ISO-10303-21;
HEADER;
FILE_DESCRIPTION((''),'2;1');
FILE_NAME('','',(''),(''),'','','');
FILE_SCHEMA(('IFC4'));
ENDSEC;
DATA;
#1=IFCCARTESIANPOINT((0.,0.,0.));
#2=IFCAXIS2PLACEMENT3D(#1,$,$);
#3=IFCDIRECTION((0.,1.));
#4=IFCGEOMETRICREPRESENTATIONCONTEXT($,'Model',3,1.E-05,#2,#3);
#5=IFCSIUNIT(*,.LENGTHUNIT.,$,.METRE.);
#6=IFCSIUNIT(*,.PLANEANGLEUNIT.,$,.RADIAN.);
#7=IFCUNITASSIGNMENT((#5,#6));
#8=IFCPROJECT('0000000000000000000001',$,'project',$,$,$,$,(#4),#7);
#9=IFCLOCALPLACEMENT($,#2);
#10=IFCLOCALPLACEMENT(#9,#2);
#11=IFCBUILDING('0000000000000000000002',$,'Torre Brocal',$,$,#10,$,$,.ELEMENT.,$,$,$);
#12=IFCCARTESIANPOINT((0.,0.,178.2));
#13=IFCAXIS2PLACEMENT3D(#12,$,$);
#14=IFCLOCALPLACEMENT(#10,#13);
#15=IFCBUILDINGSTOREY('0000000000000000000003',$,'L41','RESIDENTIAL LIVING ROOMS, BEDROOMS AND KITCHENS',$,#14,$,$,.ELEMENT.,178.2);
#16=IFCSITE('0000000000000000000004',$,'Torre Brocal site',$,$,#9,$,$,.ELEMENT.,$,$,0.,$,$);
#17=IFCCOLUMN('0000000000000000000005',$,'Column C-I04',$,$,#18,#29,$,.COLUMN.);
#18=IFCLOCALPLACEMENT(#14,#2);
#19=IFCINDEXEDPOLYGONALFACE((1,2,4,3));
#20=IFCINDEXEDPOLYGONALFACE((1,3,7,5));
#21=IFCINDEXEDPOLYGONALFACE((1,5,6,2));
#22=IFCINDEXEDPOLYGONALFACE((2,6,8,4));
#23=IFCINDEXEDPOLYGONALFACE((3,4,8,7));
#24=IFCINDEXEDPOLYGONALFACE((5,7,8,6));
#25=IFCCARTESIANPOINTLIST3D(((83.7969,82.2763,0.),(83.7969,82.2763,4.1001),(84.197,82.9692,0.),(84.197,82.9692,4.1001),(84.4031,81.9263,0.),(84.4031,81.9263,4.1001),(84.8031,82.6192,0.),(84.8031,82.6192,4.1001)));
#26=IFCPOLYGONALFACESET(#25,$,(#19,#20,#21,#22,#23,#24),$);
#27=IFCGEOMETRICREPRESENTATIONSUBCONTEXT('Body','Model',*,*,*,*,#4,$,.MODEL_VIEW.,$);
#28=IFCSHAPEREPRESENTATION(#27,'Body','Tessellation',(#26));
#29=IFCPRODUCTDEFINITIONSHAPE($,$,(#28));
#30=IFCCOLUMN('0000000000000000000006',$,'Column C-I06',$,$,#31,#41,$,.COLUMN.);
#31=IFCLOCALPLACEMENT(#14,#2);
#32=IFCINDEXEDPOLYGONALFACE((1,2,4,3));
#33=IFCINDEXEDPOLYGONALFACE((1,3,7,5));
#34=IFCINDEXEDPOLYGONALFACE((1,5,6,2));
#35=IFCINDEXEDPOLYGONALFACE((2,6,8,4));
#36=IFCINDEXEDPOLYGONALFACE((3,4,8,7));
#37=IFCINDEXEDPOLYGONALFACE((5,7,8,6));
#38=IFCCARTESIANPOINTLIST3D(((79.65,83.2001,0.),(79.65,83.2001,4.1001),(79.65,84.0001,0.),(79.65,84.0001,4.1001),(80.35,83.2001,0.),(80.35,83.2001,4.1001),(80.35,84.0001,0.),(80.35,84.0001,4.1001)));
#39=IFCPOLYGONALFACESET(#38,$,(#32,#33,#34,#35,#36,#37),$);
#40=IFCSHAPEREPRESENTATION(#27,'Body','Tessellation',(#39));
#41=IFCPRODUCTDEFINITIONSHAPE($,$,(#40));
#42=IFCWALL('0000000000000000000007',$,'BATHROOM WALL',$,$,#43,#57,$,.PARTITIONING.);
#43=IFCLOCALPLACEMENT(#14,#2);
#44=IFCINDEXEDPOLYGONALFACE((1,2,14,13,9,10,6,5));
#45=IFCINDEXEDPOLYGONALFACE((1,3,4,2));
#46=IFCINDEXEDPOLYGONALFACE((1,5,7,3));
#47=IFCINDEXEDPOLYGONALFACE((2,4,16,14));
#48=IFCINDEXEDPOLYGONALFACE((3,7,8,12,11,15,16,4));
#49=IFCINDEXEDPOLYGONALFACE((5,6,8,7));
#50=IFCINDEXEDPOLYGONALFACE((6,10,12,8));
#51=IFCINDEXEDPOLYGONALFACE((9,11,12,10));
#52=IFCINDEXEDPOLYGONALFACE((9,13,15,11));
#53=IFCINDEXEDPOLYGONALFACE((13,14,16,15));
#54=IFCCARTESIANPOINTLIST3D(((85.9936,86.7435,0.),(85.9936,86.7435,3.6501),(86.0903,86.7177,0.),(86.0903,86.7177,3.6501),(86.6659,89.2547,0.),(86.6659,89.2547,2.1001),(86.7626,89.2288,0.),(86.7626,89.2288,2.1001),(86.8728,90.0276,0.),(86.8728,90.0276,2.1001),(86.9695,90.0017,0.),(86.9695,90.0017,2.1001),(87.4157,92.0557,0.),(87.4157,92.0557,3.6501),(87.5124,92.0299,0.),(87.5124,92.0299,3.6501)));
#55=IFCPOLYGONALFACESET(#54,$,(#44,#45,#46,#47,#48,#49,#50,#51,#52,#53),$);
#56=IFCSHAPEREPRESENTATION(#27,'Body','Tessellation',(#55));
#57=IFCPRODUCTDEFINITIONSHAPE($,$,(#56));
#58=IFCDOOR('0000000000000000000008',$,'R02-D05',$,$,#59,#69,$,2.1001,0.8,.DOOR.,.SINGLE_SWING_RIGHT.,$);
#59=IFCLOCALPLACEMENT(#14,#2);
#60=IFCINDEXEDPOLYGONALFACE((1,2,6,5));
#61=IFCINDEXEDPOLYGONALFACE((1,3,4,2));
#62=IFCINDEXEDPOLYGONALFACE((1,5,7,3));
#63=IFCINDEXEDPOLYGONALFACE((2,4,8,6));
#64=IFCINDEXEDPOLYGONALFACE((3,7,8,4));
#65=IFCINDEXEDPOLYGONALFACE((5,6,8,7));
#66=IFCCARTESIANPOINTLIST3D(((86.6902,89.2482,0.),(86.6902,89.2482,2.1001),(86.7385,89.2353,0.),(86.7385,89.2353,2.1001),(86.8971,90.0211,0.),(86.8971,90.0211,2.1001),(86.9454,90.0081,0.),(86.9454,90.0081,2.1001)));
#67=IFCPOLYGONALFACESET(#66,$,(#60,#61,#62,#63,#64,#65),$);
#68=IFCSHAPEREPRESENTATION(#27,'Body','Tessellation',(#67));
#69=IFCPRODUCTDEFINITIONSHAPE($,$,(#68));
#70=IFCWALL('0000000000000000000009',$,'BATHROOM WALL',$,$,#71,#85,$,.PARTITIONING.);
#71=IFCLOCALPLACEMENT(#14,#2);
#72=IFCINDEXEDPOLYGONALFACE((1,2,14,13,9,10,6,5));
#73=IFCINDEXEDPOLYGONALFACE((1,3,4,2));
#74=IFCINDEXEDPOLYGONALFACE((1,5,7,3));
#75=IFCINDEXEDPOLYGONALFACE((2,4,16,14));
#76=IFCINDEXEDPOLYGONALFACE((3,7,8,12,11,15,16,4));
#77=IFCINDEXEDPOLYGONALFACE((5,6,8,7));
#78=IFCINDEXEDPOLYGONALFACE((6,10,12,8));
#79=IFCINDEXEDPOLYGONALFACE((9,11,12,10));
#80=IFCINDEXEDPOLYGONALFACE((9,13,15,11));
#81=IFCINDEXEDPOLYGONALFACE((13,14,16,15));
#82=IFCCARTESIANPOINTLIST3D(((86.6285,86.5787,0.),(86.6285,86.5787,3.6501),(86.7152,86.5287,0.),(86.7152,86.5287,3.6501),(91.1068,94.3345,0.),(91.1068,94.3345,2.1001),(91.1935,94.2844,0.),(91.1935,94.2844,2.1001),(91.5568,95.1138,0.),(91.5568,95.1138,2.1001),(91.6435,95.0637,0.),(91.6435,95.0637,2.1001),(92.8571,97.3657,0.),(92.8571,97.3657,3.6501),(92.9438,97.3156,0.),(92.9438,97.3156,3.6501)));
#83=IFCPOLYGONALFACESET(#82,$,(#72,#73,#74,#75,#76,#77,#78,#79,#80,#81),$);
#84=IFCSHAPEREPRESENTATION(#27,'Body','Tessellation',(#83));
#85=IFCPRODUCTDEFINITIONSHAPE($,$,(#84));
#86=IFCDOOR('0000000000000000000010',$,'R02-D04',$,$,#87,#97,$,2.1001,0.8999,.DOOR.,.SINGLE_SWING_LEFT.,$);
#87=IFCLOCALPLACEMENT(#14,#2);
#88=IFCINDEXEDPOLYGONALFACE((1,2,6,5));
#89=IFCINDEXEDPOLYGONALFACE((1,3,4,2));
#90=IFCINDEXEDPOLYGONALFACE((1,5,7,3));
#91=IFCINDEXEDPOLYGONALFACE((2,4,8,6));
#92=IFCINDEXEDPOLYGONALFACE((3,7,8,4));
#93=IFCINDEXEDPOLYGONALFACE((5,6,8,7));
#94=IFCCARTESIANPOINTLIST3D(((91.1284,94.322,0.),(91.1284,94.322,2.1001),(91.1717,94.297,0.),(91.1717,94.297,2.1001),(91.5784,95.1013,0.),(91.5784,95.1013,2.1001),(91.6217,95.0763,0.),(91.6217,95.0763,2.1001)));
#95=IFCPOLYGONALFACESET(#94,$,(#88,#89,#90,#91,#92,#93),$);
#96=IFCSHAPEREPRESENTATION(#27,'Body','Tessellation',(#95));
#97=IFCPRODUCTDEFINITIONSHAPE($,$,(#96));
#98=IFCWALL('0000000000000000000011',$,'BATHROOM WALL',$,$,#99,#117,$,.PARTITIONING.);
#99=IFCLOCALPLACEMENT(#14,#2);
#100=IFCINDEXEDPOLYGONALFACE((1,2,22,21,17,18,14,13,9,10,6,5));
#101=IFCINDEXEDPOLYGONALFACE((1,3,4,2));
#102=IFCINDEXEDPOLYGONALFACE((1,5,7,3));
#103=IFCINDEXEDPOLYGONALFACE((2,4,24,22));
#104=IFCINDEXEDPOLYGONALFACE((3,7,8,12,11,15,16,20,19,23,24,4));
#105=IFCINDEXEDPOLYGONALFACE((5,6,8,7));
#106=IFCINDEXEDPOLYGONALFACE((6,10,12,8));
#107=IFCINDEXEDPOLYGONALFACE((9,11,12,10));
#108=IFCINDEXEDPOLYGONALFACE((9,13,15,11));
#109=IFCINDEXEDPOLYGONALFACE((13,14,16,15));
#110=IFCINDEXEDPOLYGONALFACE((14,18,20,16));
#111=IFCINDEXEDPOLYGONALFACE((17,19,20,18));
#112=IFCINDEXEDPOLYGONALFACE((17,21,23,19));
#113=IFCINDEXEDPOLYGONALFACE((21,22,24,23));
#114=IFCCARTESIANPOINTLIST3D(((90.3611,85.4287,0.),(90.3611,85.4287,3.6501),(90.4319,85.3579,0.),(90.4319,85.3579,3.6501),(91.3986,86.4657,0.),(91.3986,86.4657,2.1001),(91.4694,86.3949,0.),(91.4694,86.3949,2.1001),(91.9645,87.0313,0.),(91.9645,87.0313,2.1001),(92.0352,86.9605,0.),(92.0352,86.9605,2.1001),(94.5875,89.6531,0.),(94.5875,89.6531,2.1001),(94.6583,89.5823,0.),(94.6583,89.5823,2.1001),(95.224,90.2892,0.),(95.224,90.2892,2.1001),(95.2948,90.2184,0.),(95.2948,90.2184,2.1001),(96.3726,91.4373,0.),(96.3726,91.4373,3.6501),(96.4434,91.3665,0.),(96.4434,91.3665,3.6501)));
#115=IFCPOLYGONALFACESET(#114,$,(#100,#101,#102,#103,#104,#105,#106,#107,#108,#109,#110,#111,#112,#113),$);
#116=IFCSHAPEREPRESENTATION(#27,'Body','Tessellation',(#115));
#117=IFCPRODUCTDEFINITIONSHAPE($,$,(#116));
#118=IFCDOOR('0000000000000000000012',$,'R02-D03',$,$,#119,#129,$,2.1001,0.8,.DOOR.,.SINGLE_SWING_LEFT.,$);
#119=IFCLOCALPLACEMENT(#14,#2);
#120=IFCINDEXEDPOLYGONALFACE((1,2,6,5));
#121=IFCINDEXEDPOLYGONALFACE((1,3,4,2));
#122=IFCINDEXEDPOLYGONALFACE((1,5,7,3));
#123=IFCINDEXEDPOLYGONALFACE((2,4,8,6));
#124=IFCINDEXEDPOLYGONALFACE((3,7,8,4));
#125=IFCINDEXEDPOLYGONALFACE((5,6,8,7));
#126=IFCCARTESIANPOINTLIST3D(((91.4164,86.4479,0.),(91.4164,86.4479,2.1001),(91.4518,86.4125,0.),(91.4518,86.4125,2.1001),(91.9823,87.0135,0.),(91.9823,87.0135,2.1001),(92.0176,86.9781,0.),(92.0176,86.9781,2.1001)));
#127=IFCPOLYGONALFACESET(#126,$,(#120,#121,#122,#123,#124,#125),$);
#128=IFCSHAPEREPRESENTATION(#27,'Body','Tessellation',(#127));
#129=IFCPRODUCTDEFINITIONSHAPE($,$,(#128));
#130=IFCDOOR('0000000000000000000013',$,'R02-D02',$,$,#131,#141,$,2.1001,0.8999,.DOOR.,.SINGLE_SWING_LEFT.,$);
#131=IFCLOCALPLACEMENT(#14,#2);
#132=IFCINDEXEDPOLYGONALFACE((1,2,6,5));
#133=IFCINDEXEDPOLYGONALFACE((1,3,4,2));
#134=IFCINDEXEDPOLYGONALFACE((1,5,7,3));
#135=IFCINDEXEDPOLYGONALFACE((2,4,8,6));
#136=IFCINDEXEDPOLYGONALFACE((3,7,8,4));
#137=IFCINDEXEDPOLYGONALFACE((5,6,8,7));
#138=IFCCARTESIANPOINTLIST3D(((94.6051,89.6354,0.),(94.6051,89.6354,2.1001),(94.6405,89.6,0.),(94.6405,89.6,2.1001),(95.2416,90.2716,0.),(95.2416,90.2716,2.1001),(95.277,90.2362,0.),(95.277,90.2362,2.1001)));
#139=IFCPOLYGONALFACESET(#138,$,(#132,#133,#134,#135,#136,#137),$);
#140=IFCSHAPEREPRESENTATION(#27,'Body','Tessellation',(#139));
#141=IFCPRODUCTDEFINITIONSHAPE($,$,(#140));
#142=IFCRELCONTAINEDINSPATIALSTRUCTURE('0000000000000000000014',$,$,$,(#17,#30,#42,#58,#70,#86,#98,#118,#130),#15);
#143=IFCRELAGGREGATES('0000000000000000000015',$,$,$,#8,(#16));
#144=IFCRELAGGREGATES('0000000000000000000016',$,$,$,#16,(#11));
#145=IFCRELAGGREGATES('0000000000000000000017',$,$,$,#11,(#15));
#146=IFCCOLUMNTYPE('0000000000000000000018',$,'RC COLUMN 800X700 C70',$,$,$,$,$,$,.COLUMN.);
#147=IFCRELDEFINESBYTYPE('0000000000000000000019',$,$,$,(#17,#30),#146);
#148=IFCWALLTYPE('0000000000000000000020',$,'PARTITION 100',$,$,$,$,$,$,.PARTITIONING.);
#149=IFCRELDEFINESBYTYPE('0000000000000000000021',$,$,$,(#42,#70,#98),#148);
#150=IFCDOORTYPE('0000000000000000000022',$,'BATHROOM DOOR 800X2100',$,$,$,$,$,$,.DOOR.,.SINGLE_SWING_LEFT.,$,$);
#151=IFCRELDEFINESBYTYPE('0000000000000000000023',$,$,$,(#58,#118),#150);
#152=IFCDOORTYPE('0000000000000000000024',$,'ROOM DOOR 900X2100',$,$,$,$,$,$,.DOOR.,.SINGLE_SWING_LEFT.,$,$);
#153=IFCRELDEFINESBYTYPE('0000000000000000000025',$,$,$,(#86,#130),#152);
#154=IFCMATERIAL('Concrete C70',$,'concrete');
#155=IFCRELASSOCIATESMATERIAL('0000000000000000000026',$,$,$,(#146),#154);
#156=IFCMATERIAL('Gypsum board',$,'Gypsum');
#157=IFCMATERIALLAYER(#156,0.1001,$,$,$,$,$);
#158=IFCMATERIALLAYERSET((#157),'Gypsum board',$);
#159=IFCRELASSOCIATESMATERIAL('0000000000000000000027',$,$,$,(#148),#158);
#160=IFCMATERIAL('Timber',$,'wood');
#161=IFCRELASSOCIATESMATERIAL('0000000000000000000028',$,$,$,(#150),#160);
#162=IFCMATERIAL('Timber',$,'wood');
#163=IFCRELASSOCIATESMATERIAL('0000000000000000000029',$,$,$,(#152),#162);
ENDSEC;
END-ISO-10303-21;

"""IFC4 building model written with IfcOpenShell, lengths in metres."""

from ifc_helpers import new_model, si_unit, direction, frame, frame_2d, origin, origin_2d, place, context, subcontext, project, spatial, rectangle, extrude, material, layer, layer_set, material_profile, profile_set, type_object, element, fill, save


model = new_model("IFC4")

# Units and contexts
model_context = context("Model", 3, precision=1e-05, world=origin(), true_north=direction((0.0, 1.0)))
body_context = subcontext(model_context, "Body", "Model", "MODEL_VIEW")
ifc_project = project(units=[si_unit("LENGTHUNIT", "METRE"), si_unit("PLANEANGLEUNIT", "RADIAN")], contexts=[model_context])

# Site, building, storey
site_placement = place(None, origin())
site = spatial("IfcSite", under=ifc_project, at=site_placement, Name="Torre Brocal site", CompositionType="ELEMENT", RefElevation=0.0)
building_placement = place(site_placement, origin())
building = spatial("IfcBuilding", under=site, at=building_placement, Name="Torre Brocal", CompositionType="ELEMENT")
storey_placement = place(building_placement, frame((0.0, 0.0, 178.2)))
storey = spatial("IfcBuildingStorey", under=building, at=storey_placement, Name="L41", Description="RESIDENTIAL LIVING ROOMS, BEDROOMS AND KITCHENS", CompositionType="ELEMENT", Elevation=178.2)

# Columns
ifc_material_1 = material(Name="Concrete C70", Category="concrete")
ifc_material_profile = material_profile(ifc_material_1, rectangle(XDim=0.8, YDim=0.7, at=origin_2d()), Name="RC 800X700")
ifc_profile_set = profile_set([ifc_material_profile], Name="Concrete C70")
column_type = type_object("IfcColumnType", Name="RC COLUMN 800X700 C70", PredefinedType="COLUMN", material=ifc_profile_set)
for number, where, z_axis, x_axis, name in (
    (1, (84.3, 82.4478, 0.0), (0.0, 0.0, 1.0), (0.5, 0.866025, 0.0), "Column C-I04"),
    (2, (80.0, 83.6001, 0.0), (0.0, 0.0, 1.0), (0.0, 1.0, 0.0), "Column C-I06"),
):
    element("IfcColumn", number, at=place(storey_placement, frame(where, z_axis=z_axis, x_axis=x_axis)), inside=storey, type_object=column_type, Name=name, PredefinedType="COLUMN", context=body_context, shape_type="SweptSolid", body=[
        extrude(rectangle(XDim=0.8, YDim=0.7, at=origin_2d()), origin(), (0.0, 0.0, 1.0), 4.1001),
    ])

# Walls, openings, doors
ifc_material_2 = material(Name="Gypsum board", Category="Gypsum")
ifc_layer_1 = layer(ifc_material_2, 0.1001)
ifc_layer_set_1 = layer_set([ifc_layer_1], Name="Gypsum board")
wall_type_1 = type_object("IfcWallType", Name="PARTITION 100", PredefinedType="PARTITIONING", material=ifc_layer_set_1)
wall_1_placement = place(storey_placement, frame((86.042, 86.7307, 0.0), z_axis=(0.0, 0.0, 1.0), x_axis=(0.258599, 0.965985, 0.0)))
wall_1 = element("IfcWall", 3, at=wall_1_placement, inside=storey, type_object=wall_type_1, Name="BATHROOM WALL", PredefinedType="PARTITIONING", context=body_context, shape_type="SweptSolid", body=[
    extrude(rectangle(XDim=5.4993, YDim=0.1001, at=frame_2d((2.7495, 0.0))), origin(), (0.0, 0.0, 1.0), 3.6501),
])
opening_1_placement = place(wall_1_placement, frame((2.5996, 0.0, 0.0)))
opening_1 = element("IfcOpeningElement", 4, at=opening_1_placement, cuts=wall_1, PredefinedType="OPENING", context=body_context, shape_type="SweptSolid", body=[
    extrude(rectangle(XDim=0.8, YDim=2.1001, at=frame_2d((0.3999, 1.05))), frame((0.0, 0.0601, 0.0), z_axis=(0.0, -1.0, 0.0), x_axis=(1.0, 0.0, 0.0)), (0.0, 0.0, 1.0), 0.1201),
])
ifc_material_3 = material(Name="Timber", Category="wood")
door_type_1 = type_object("IfcDoorType", Name="BATHROOM DOOR 800X2100", OperationType="SINGLE_SWING_LEFT", PredefinedType="DOOR", material=ifc_material_3)
door_1_placement = place(opening_1_placement, origin())
door_1 = element("IfcDoor", 5, at=door_1_placement, inside=storey, type_object=door_type_1, Name="R02-D05", OperationType="SINGLE_SWING_RIGHT", OverallHeight=2.1001, OverallWidth=0.8, PredefinedType="DOOR", context=body_context, shape_type="SweptSolid", body=[
    extrude(rectangle(XDim=0.8, YDim=2.1001, at=frame_2d((0.3999, 1.05))), frame((0.0, 0.0249, 0.0), z_axis=(0.0, -1.0, 0.0), x_axis=(1.0, 0.0, 0.0)), (0.0, 0.0, 1.0), 0.05),
])
fill(opening_1, door_1)
wall_2_placement = place(storey_placement, frame((86.6719, 86.5537, 0.0), z_axis=(0.0, 0.0, 1.0), x_axis=(0.500043, 0.866001, 0.0)))
wall_2 = element("IfcWall", 6, at=wall_2_placement, inside=storey, type_object=wall_type_1, Name="BATHROOM WALL", PredefinedType="PARTITIONING", context=body_context, shape_type="SweptSolid", body=[
    extrude(rectangle(XDim=12.4561, YDim=0.1001, at=frame_2d((6.228, 0.0))), origin(), (0.0, 0.0, 1.0), 3.6501),
])
opening_2_placement = place(wall_2_placement, frame((8.9558, 0.0, 0.0)))
opening_2 = element("IfcOpeningElement", 7, at=opening_2_placement, cuts=wall_2, PredefinedType="OPENING", context=body_context, shape_type="SweptSolid", body=[
    extrude(rectangle(XDim=0.8999, YDim=2.1001, at=frame_2d((0.45, 1.05))), frame((0.0, 0.0601, 0.0), z_axis=(0.0, -1.0, 0.0), x_axis=(1.0, 0.0, 0.0)), (0.0, 0.0, 1.0), 0.1201),
])
ifc_material_4 = material(Name="Timber", Category="wood")
door_type_2 = type_object("IfcDoorType", Name="ROOM DOOR 900X2100", OperationType="SINGLE_SWING_LEFT", PredefinedType="DOOR", material=ifc_material_4)
door_2_placement = place(opening_2_placement, frame((0.8999, 0.0, 0.0), z_axis=(0.0, 0.0, 1.0), x_axis=(-1.0, 0.0, 0.0)))
door_2 = element("IfcDoor", 8, at=door_2_placement, inside=storey, type_object=door_type_2, Name="R02-D04", OperationType="SINGLE_SWING_LEFT", OverallHeight=2.1001, OverallWidth=0.8999, PredefinedType="DOOR", context=body_context, shape_type="SweptSolid", body=[
    extrude(rectangle(XDim=0.8999, YDim=2.1001, at=frame_2d((0.45, 1.05))), frame((0.0, 0.0249, 0.0), z_axis=(0.0, -1.0, 0.0), x_axis=(1.0, 0.0, 0.0)), (0.0, 0.0, 1.0), 0.05),
])
fill(opening_2, door_2)

# Wall, openings, doors
wall_3_placement = place(storey_placement, frame((90.3965, 85.3933, 0.0), z_axis=(0.0, 0.0, 1.0), x_axis=(0.707279, 0.706934, 0.0)))
wall_3 = element("IfcWall", 9, at=wall_3_placement, inside=storey, type_object=wall_type_1, Name="BATHROOM WALL", PredefinedType="PARTITIONING", context=body_context, shape_type="SweptSolid", body=[
    extrude(rectangle(XDim=8.4995, YDim=0.1001, at=frame_2d((4.2498, 0.0))), origin(), (0.0, 0.0, 1.0), 3.6501),
])
opening_3_placement = place(wall_3_placement, frame((5.9756, 0.0, 0.0)))
opening_3 = element("IfcOpeningElement", 10, at=opening_3_placement, cuts=wall_3, PredefinedType="OPENING", context=body_context, shape_type="SweptSolid", body=[
    extrude(rectangle(XDim=0.8999, YDim=2.1001, at=frame_2d((0.45, 1.05))), frame((0.0, 0.0601, 0.0), z_axis=(0.0, -1.0, 0.0), x_axis=(1.0, 0.0, 0.0)), (0.0, 0.0, 1.0), 0.1201),
])
opening_4_placement = place(wall_3_placement, frame((1.467, 0.0, 0.0)))
opening_4 = element("IfcOpeningElement", 11, at=opening_4_placement, cuts=wall_3, PredefinedType="OPENING", context=body_context, shape_type="SweptSolid", body=[
    extrude(rectangle(XDim=0.8, YDim=2.1001, at=frame_2d((0.3999, 1.05))), frame((0.0, 0.0601, 0.0), z_axis=(0.0, -1.0, 0.0), x_axis=(1.0, 0.0, 0.0)), (0.0, 0.0, 1.0), 0.1201),
])
door_3_placement = place(opening_4_placement, origin())
door_3 = element("IfcDoor", 12, at=door_3_placement, inside=storey, type_object=door_type_1, Name="R02-D03", OperationType="SINGLE_SWING_LEFT", OverallHeight=2.1001, OverallWidth=0.8, PredefinedType="DOOR", context=body_context, shape_type="SweptSolid", body=[
    extrude(rectangle(XDim=0.8, YDim=2.1001, at=frame_2d((0.3999, 1.05))), frame((0.0, 0.0249, 0.0), z_axis=(0.0, -1.0, 0.0), x_axis=(1.0, 0.0, 0.0)), (0.0, 0.0, 1.0), 0.05),
])
fill(opening_4, door_3)
door_4_placement = place(opening_3_placement, frame((0.8999, 0.0, 0.0), z_axis=(0.0, 0.0, 1.0), x_axis=(-1.0, 0.0, 0.0)))
door_4 = element("IfcDoor", 13, at=door_4_placement, inside=storey, type_object=door_type_2, Name="R02-D02", OperationType="SINGLE_SWING_LEFT", OverallHeight=2.1001, OverallWidth=0.8999, PredefinedType="DOOR", context=body_context, shape_type="SweptSolid", body=[
    extrude(rectangle(XDim=0.8999, YDim=2.1001, at=frame_2d((0.45, 1.05))), frame((0.0, 0.0249, 0.0), z_axis=(0.0, -1.0, 0.0), x_axis=(1.0, 0.0, 0.0)), (0.0, 0.0, 1.0), 0.05),
])
fill(opening_3, door_4)

save(model, "model.ifc")
